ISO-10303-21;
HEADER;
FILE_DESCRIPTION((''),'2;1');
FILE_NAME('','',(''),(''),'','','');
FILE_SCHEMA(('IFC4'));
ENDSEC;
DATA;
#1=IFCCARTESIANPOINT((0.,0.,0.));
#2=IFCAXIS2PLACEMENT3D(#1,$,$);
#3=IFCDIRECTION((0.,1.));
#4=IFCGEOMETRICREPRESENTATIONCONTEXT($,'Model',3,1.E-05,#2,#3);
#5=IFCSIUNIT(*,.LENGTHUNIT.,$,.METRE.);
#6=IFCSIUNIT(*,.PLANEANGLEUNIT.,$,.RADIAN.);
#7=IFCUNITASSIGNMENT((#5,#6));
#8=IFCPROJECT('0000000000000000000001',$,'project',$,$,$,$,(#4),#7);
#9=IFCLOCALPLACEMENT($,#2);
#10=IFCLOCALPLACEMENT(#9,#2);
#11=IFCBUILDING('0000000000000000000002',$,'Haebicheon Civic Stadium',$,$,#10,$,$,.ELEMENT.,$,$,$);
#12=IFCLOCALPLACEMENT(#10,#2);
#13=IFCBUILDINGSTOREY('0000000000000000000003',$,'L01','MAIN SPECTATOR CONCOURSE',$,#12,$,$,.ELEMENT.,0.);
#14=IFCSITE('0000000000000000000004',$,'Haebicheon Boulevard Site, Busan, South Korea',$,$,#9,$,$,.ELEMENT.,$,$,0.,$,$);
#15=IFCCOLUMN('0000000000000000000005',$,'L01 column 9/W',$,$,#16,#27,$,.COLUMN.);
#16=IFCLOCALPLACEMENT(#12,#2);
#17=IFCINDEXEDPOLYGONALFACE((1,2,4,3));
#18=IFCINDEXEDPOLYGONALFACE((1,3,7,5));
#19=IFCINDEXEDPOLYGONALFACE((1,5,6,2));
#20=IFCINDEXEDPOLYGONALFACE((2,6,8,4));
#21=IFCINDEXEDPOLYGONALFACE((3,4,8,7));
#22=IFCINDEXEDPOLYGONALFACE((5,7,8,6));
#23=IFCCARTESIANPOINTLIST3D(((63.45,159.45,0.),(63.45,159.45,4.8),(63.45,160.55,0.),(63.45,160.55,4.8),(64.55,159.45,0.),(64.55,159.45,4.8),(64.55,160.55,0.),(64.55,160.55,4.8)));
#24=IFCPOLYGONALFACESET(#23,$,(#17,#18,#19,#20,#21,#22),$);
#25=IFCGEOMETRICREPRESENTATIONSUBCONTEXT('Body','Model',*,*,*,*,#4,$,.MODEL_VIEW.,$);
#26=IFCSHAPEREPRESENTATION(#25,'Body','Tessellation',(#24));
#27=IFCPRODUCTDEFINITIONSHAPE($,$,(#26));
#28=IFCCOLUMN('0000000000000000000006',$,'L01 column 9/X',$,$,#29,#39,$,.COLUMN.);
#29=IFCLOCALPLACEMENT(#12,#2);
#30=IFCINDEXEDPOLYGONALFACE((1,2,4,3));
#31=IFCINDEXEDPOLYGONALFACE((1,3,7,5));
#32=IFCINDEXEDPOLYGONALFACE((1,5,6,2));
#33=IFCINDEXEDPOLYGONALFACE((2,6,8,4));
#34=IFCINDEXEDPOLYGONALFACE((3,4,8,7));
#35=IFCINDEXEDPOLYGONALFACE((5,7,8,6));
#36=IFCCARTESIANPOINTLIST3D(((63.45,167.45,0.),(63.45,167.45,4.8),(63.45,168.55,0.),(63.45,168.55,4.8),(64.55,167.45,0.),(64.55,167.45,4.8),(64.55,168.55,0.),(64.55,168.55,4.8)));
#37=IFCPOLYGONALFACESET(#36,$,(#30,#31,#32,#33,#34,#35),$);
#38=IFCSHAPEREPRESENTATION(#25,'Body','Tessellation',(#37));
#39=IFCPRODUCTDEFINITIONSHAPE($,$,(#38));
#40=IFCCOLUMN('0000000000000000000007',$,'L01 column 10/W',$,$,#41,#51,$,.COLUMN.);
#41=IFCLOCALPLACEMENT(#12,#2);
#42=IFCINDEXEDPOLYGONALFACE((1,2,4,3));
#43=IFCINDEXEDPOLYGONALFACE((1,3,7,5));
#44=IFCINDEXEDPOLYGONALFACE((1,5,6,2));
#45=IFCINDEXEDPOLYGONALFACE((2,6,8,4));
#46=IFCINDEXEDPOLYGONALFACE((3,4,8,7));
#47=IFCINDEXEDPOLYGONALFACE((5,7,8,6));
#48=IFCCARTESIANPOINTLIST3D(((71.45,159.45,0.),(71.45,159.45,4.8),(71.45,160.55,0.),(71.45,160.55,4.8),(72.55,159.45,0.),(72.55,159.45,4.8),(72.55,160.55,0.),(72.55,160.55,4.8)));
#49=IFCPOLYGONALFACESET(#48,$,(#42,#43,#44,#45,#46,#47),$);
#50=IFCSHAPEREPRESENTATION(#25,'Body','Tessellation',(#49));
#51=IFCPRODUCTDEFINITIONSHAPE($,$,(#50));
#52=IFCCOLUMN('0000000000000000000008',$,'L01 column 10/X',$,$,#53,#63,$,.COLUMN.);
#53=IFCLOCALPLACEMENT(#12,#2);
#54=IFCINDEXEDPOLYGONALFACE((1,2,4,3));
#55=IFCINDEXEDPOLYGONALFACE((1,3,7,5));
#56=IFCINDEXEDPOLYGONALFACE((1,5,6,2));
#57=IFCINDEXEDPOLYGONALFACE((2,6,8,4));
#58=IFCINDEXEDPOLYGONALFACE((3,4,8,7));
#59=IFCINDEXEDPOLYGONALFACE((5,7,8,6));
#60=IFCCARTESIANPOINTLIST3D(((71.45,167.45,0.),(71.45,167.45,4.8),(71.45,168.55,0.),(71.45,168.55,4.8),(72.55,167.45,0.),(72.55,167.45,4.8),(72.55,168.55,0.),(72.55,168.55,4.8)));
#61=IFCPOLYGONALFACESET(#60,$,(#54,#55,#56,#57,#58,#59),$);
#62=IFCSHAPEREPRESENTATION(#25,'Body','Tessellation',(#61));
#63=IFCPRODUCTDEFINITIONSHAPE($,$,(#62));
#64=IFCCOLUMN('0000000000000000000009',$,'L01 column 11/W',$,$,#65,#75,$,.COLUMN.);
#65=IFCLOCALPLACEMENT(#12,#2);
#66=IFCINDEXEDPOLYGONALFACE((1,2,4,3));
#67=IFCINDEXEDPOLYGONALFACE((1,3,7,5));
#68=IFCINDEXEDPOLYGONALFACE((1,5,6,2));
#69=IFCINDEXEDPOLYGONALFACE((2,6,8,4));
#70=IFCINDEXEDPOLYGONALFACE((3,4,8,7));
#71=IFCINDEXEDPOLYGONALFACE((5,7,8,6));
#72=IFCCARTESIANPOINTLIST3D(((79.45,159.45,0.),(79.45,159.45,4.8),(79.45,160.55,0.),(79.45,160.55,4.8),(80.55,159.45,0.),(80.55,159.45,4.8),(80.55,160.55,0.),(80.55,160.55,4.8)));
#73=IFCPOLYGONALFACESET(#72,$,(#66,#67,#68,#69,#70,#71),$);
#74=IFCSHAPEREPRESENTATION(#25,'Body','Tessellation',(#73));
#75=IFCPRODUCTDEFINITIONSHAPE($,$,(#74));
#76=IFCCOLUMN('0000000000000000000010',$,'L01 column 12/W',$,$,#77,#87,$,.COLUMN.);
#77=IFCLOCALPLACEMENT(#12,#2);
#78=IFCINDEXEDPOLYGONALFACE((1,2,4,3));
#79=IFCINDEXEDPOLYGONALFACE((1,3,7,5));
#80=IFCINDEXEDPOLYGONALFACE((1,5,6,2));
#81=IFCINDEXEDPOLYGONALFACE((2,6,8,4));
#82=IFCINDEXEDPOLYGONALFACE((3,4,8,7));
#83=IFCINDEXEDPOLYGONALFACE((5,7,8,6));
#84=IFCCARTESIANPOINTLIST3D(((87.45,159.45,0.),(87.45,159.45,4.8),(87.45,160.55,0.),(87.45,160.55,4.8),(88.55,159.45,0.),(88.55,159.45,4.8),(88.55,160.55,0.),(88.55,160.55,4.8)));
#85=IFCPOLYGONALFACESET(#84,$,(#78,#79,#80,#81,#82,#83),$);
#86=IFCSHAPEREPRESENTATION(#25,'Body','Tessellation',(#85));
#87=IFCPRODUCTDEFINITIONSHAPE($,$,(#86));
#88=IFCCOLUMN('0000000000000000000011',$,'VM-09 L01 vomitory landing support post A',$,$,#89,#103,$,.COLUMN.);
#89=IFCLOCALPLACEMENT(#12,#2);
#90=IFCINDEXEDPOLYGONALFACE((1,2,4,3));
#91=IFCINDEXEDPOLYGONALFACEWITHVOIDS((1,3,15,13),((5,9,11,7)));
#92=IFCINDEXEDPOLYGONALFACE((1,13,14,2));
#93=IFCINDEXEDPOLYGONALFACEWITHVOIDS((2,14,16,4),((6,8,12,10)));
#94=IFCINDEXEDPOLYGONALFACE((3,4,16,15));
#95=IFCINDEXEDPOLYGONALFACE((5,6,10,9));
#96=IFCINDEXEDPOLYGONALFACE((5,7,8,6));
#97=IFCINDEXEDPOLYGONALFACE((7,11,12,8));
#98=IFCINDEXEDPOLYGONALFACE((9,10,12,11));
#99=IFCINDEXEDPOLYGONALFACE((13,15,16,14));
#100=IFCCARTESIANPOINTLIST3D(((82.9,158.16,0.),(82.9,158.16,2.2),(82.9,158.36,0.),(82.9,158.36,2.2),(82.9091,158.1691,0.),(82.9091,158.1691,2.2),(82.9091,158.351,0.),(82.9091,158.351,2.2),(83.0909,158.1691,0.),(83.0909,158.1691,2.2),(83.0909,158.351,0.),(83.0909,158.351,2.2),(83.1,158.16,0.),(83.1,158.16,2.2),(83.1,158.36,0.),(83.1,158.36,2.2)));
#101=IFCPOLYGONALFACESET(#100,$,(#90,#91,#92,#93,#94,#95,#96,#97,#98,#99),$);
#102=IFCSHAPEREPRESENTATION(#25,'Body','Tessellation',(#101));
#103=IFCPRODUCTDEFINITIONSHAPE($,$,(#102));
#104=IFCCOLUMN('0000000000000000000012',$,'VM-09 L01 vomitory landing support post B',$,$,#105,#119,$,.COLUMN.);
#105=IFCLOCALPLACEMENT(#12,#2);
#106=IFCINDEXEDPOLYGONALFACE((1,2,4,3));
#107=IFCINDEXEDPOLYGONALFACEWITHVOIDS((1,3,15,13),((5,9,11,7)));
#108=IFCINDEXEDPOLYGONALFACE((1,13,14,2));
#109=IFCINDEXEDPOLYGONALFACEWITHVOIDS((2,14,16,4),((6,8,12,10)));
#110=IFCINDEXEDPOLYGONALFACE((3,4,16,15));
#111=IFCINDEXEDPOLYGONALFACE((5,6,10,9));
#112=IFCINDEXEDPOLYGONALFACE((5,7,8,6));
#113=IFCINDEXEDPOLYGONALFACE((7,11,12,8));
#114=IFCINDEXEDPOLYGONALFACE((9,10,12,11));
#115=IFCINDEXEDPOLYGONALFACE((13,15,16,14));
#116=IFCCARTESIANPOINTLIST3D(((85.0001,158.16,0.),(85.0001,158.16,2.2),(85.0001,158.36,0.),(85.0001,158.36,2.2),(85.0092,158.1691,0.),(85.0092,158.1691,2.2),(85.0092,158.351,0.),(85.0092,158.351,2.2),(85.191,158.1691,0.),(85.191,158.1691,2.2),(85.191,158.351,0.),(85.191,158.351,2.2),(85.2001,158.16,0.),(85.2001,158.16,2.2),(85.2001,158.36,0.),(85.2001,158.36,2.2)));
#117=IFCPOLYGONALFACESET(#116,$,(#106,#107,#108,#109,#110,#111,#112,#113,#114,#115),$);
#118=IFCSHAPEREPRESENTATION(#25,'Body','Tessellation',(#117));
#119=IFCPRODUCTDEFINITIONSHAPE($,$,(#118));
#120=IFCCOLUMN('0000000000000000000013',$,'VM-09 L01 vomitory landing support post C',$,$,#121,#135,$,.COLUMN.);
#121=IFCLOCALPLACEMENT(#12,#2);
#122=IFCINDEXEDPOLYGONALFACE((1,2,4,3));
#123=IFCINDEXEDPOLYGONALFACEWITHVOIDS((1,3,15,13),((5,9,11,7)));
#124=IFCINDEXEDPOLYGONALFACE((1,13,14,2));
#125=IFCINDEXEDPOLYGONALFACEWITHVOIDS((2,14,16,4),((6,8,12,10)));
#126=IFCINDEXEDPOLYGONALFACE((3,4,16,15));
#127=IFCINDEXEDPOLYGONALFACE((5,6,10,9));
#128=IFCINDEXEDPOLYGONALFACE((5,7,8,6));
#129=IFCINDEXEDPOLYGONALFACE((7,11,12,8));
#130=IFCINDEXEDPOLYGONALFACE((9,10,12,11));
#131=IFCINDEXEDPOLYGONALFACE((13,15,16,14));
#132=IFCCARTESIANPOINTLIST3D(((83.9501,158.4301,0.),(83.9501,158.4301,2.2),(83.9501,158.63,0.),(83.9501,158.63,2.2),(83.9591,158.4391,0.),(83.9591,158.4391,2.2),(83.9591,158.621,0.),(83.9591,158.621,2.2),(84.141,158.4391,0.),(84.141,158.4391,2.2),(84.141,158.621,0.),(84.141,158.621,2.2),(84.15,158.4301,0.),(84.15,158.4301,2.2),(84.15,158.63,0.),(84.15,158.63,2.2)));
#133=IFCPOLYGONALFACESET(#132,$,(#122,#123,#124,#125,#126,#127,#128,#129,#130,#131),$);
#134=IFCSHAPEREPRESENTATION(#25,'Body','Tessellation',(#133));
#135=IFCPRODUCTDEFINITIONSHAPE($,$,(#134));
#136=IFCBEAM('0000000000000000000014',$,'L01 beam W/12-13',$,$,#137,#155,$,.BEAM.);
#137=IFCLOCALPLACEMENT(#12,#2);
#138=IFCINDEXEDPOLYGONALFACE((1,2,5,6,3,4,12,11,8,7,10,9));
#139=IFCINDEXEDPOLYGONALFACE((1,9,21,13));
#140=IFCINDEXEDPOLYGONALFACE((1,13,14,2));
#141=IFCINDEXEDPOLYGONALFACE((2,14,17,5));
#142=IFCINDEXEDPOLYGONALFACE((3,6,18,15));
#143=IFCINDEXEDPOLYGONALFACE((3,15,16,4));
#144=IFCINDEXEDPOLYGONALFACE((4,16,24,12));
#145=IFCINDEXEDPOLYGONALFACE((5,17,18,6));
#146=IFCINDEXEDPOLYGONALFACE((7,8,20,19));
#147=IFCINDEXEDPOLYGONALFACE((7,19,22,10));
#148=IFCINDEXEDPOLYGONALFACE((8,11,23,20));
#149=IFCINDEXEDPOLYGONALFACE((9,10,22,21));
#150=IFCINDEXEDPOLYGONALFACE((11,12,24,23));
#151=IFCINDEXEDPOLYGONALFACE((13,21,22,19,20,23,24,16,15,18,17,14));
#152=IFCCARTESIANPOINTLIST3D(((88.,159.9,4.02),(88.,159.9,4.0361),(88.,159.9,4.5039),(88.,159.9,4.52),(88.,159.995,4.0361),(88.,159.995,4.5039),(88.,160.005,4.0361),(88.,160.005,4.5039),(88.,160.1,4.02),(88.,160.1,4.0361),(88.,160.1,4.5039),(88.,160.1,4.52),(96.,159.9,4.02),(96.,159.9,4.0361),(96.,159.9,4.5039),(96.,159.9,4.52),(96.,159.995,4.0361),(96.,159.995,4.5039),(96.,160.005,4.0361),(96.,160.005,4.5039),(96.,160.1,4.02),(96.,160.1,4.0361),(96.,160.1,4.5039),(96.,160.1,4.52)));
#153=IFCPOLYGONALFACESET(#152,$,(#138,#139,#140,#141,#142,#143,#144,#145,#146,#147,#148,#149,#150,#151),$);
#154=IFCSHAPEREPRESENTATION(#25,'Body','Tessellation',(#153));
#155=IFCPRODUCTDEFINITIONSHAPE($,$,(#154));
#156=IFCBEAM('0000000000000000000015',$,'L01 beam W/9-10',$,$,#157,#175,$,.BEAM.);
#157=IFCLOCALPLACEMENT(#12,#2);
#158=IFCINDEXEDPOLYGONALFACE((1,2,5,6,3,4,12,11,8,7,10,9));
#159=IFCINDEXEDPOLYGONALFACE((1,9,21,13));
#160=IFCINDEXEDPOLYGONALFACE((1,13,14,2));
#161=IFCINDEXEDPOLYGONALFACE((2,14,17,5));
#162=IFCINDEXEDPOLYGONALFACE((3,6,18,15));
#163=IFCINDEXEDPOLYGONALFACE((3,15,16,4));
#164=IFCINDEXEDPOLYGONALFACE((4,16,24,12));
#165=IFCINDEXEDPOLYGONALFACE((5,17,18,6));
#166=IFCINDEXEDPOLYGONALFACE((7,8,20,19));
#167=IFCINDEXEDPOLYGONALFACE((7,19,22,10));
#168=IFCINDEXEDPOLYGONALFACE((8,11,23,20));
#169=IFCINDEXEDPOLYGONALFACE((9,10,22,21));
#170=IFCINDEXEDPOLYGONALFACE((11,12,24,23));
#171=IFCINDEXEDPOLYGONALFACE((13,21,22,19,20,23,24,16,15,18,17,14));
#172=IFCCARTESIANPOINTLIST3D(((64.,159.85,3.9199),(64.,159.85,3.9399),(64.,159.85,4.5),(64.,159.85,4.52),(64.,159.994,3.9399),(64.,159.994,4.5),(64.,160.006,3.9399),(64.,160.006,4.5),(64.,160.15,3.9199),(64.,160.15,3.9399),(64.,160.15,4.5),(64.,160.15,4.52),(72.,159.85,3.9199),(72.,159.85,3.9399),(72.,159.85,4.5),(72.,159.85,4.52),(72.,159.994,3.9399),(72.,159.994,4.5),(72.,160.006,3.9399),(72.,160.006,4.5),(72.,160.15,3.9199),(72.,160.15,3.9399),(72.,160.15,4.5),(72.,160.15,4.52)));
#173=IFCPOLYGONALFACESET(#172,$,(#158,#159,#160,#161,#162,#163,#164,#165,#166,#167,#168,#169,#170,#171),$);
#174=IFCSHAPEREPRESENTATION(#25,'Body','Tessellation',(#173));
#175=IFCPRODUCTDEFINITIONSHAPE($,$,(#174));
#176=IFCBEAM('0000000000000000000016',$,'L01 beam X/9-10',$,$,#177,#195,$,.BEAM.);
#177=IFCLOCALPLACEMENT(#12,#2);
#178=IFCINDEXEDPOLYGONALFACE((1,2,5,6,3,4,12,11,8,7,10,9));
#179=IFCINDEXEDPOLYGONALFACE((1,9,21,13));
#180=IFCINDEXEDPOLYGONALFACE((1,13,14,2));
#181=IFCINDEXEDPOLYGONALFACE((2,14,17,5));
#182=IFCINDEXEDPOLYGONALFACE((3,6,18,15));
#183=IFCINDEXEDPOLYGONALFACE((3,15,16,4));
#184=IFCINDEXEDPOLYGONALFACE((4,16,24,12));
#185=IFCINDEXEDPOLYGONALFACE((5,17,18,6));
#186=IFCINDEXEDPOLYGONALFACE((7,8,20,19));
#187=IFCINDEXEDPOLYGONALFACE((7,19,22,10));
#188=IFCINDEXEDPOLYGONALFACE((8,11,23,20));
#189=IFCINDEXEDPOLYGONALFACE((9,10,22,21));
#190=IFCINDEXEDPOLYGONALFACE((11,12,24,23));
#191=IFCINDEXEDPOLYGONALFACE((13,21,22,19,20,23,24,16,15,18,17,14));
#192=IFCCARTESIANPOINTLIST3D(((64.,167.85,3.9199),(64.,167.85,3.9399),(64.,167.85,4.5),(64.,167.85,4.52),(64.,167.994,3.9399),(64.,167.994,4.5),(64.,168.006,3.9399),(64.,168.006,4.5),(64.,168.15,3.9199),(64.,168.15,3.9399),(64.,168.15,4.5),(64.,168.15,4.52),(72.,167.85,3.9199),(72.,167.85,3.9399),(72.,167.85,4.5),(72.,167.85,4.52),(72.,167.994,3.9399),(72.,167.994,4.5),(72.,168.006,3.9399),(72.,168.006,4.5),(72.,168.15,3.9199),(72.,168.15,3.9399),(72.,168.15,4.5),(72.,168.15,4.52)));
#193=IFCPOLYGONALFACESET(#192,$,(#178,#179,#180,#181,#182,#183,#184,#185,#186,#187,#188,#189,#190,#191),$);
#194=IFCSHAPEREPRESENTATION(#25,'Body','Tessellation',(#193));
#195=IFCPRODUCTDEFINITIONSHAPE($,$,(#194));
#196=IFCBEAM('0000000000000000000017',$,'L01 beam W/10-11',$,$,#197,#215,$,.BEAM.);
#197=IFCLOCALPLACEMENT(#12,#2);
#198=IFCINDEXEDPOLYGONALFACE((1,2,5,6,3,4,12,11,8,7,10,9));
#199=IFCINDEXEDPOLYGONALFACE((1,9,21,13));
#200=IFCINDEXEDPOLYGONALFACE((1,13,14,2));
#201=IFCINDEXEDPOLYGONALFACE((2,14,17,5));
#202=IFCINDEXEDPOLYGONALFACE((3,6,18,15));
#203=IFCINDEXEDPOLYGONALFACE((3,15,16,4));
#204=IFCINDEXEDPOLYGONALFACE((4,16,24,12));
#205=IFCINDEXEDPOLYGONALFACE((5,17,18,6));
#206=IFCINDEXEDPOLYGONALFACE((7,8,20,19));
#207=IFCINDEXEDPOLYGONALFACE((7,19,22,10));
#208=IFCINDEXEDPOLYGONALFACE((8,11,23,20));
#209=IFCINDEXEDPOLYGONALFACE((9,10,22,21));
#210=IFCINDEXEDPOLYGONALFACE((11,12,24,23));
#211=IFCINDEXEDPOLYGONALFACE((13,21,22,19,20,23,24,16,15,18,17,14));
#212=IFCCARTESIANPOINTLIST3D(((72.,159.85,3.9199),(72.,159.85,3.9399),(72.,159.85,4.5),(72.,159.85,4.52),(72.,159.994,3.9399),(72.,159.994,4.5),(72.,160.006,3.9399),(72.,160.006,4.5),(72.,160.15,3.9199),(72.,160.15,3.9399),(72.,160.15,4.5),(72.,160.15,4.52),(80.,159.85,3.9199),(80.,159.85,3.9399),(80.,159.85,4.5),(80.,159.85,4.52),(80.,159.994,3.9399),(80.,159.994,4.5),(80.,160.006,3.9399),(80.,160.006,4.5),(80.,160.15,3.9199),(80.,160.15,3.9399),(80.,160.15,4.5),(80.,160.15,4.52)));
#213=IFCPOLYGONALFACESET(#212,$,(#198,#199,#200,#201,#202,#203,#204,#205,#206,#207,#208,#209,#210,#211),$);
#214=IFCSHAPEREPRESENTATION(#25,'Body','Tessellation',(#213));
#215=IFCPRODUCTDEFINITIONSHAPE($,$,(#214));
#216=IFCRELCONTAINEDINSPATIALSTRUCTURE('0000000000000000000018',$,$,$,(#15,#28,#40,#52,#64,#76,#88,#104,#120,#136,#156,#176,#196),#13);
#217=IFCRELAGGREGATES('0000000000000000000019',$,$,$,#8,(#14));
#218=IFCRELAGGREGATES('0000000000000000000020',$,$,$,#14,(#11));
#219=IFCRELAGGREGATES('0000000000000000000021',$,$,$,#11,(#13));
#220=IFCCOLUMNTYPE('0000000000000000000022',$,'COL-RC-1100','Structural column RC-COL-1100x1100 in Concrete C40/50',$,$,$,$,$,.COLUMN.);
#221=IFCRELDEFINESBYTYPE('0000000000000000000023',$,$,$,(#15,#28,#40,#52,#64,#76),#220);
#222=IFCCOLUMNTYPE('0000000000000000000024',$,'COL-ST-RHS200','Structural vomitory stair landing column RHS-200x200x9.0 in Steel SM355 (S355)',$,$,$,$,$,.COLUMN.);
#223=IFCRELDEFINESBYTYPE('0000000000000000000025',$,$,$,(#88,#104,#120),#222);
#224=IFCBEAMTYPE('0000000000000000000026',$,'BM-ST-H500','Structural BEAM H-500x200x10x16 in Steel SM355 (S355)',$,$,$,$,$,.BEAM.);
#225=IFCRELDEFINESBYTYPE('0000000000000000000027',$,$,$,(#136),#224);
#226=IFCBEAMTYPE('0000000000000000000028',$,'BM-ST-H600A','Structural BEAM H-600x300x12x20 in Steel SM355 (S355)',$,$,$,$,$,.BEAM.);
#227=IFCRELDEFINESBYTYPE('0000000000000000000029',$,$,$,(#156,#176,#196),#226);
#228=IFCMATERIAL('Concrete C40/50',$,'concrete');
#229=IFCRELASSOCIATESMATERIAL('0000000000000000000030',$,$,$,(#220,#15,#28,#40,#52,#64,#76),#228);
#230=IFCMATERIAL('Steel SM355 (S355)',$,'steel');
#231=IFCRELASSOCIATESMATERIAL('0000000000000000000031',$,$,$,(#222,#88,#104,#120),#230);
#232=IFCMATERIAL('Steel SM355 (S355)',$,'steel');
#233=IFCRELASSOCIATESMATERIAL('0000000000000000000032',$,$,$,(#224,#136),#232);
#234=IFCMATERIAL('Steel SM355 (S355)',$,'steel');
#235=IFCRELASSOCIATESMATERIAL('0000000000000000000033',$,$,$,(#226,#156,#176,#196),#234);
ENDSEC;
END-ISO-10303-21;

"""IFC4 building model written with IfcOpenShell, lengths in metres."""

from ifc_helpers import new_model, si_unit, direction, frame, origin, origin_2d, place, context, subcontext, project, spatial, rectangle, hollow_rectangle, i_section, extrude, material, material_profile, profile_set, type_object, element, save


model = new_model("IFC4")

# Units and contexts
model_context = context("Model", 3, precision=1e-05, world=origin(), true_north=direction((0.0, 1.0)))
body_context = subcontext(model_context, "Body", "Model", "MODEL_VIEW")
ifc_project = project(units=[si_unit("LENGTHUNIT", "METRE"), si_unit("PLANEANGLEUNIT", "RADIAN")], contexts=[model_context])

# Site, building, storey
site_placement = place(None, origin())
site = spatial("IfcSite", under=ifc_project, at=site_placement, Name="Haebicheon Boulevard Site, Busan, South Korea", CompositionType="ELEMENT", RefElevation=0.0)
building_placement = place(site_placement, origin())
building = spatial("IfcBuilding", under=site, at=building_placement, Name="Haebicheon Civic Stadium", CompositionType="ELEMENT")
storey_placement = place(building_placement, origin())
storey = spatial("IfcBuildingStorey", under=building, at=storey_placement, Name="L01", Description="MAIN SPECTATOR CONCOURSE", CompositionType="ELEMENT", Elevation=0.0)

# Columns
ifc_material_1 = material(Name="Concrete C40/50", Category="concrete")
ifc_material_profile_1 = material_profile(ifc_material_1, rectangle(XDim=1.1001, YDim=1.1001, at=origin_2d()), Name="RC-COL-1100x1100")
ifc_profile_set_1 = profile_set([ifc_material_profile_1], Name="Concrete C40/50")
column_type_1 = type_object("IfcColumnType", Name="COL-RC-1100", Description="Structural column RC-COL-1100x1100 in Concrete C40/50", PredefinedType="COLUMN", material=ifc_profile_set_1)
for number, where, z_axis, x_axis, name in (
    (1, (64.0, 160.0, 0.0), (0.0, 0.0, 1.0), (1.0, 0.0, 0.0), "L01 column 9/W"),
    (2, (64.0, 168.0, 0.0), (0.0, 0.0, 1.0), (1.0, 0.0, 0.0), "L01 column 9/X"),
    (3, (72.0, 160.0, 0.0), (0.0, 0.0, 1.0), (1.0, 0.0, 0.0), "L01 column 10/W"),
    (4, (72.0, 168.0, 0.0), (0.0, 0.0, 1.0), (1.0, 0.0, 0.0), "L01 column 10/X"),
    (5, (80.0, 160.0, 0.0), (0.0, 0.0, 1.0), (1.0, 0.0, 0.0), "L01 column 11/W"),
    (6, (88.0, 160.0, 0.0), (0.0, 0.0, 1.0), (1.0, 0.0, 0.0), "L01 column 12/W"),
):
    element("IfcColumn", number, at=place(storey_placement, frame(where, z_axis=z_axis, x_axis=x_axis)), inside=storey, type_object=column_type_1, material=ifc_profile_set_1, Name=name, PredefinedType="COLUMN", context=body_context, shape_type="SweptSolid", body=[
        extrude(rectangle(XDim=1.1001, YDim=1.1001, at=origin_2d()), origin(), (0.0, 0.0, 1.0), 4.8),
    ])
ifc_material_2 = material(Name="Steel SM355 (S355)", Category="steel")
ifc_material_profile_2 = material_profile(ifc_material_2, hollow_rectangle(XDim=0.2, YDim=0.2, WallThickness=0.009, at=origin_2d()), Name="RHS-200x200x9.0")
ifc_profile_set_2 = profile_set([ifc_material_profile_2], Name="Steel SM355 (S355)")
column_type_2 = type_object("IfcColumnType", Name="COL-ST-RHS200", Description="Structural vomitory stair landing column RHS-200x200x9.0 in Steel SM355 (S355)", PredefinedType="COLUMN", material=ifc_profile_set_2)
for number, where, z_axis, x_axis, name in (
    (7, (83.0, 158.26, 0.0), (0.0, 0.0, 1.0), (1.0, 0.0, 0.0), "VM-09 L01 vomitory landing support post A"),
    (8, (85.1001, 158.26, 0.0), (0.0, 0.0, 1.0), (1.0, 0.0, 0.0), "VM-09 L01 vomitory landing support post B"),
    (9, (84.05, 158.53, 0.0), (0.0, 0.0, 1.0), (1.0, 0.0, 0.0), "VM-09 L01 vomitory landing support post C"),
):
    element("IfcColumn", number, at=place(storey_placement, frame(where, z_axis=z_axis, x_axis=x_axis)), inside=storey, type_object=column_type_2, material=ifc_profile_set_2, Name=name, PredefinedType="COLUMN", context=body_context, shape_type="SweptSolid", body=[
        extrude(hollow_rectangle(XDim=0.2, YDim=0.2, WallThickness=0.009, at=origin_2d()), origin(), (0.0, 0.0, 1.0), 2.2),
    ])

# Beams
ifc_material_3 = material(Name="Steel SM355 (S355)", Category="steel")
ifc_material_profile_3 = material_profile(ifc_material_3, i_section(OverallWidth=0.2, OverallDepth=0.5, WebThickness=0.01, FlangeThickness=0.0161, at=origin_2d()), Name="H-500x200x10x16")
ifc_profile_set_3 = profile_set([ifc_material_profile_3], Name="Steel SM355 (S355)")
beam_type_1 = type_object("IfcBeamType", Name="BM-ST-H500", Description="Structural BEAM H-500x200x10x16 in Steel SM355 (S355)", PredefinedType="BEAM", material=ifc_profile_set_3)
beam_placement = place(storey_placement, frame((88.0, 160.0, 4.27), z_axis=(1.0, 0.0, 0.0), x_axis=(0.0, 1.0, 0.0)))
element("IfcBeam", 10, at=beam_placement, inside=storey, type_object=beam_type_1, material=ifc_profile_set_3, Name="L01 beam W/12-13", PredefinedType="BEAM", context=body_context, shape_type="SweptSolid", body=[
    extrude(i_section(OverallWidth=0.2, OverallDepth=0.5, WebThickness=0.01, FlangeThickness=0.0161, at=origin_2d()), origin(), (0.0, 0.0, 1.0), 8.0),
])
ifc_material_4 = material(Name="Steel SM355 (S355)", Category="steel")
ifc_material_profile_4 = material_profile(ifc_material_4, i_section(OverallWidth=0.3, OverallDepth=0.6001, WebThickness=0.012, FlangeThickness=0.02, at=origin_2d()), Name="H-600x300x12x20")
ifc_profile_set_4 = profile_set([ifc_material_profile_4], Name="Steel SM355 (S355)")
beam_type_2 = type_object("IfcBeamType", Name="BM-ST-H600A", Description="Structural BEAM H-600x300x12x20 in Steel SM355 (S355)", PredefinedType="BEAM", material=ifc_profile_set_4)
for number, where, z_axis, x_axis, name in (
    (11, (64.0, 160.0, 4.22), (1.0, 0.0, 0.0), (0.0, 1.0, 0.0), "L01 beam W/9-10"),
    (12, (64.0, 168.0, 4.22), (1.0, 0.0, 0.0), (0.0, 1.0, 0.0), "L01 beam X/9-10"),
    (13, (72.0, 160.0, 4.22), (1.0, 0.0, 0.0), (0.0, 1.0, 0.0), "L01 beam W/10-11"),
):
    element("IfcBeam", number, at=place(storey_placement, frame(where, z_axis=z_axis, x_axis=x_axis)), inside=storey, type_object=beam_type_2, material=ifc_profile_set_4, Name=name, PredefinedType="BEAM", context=body_context, shape_type="SweptSolid", body=[
        extrude(i_section(OverallWidth=0.3, OverallDepth=0.6001, WebThickness=0.012, FlangeThickness=0.02, at=origin_2d()), origin(), (0.0, 0.0, 1.0), 8.0),
    ])

save(model, "model.ifc")
